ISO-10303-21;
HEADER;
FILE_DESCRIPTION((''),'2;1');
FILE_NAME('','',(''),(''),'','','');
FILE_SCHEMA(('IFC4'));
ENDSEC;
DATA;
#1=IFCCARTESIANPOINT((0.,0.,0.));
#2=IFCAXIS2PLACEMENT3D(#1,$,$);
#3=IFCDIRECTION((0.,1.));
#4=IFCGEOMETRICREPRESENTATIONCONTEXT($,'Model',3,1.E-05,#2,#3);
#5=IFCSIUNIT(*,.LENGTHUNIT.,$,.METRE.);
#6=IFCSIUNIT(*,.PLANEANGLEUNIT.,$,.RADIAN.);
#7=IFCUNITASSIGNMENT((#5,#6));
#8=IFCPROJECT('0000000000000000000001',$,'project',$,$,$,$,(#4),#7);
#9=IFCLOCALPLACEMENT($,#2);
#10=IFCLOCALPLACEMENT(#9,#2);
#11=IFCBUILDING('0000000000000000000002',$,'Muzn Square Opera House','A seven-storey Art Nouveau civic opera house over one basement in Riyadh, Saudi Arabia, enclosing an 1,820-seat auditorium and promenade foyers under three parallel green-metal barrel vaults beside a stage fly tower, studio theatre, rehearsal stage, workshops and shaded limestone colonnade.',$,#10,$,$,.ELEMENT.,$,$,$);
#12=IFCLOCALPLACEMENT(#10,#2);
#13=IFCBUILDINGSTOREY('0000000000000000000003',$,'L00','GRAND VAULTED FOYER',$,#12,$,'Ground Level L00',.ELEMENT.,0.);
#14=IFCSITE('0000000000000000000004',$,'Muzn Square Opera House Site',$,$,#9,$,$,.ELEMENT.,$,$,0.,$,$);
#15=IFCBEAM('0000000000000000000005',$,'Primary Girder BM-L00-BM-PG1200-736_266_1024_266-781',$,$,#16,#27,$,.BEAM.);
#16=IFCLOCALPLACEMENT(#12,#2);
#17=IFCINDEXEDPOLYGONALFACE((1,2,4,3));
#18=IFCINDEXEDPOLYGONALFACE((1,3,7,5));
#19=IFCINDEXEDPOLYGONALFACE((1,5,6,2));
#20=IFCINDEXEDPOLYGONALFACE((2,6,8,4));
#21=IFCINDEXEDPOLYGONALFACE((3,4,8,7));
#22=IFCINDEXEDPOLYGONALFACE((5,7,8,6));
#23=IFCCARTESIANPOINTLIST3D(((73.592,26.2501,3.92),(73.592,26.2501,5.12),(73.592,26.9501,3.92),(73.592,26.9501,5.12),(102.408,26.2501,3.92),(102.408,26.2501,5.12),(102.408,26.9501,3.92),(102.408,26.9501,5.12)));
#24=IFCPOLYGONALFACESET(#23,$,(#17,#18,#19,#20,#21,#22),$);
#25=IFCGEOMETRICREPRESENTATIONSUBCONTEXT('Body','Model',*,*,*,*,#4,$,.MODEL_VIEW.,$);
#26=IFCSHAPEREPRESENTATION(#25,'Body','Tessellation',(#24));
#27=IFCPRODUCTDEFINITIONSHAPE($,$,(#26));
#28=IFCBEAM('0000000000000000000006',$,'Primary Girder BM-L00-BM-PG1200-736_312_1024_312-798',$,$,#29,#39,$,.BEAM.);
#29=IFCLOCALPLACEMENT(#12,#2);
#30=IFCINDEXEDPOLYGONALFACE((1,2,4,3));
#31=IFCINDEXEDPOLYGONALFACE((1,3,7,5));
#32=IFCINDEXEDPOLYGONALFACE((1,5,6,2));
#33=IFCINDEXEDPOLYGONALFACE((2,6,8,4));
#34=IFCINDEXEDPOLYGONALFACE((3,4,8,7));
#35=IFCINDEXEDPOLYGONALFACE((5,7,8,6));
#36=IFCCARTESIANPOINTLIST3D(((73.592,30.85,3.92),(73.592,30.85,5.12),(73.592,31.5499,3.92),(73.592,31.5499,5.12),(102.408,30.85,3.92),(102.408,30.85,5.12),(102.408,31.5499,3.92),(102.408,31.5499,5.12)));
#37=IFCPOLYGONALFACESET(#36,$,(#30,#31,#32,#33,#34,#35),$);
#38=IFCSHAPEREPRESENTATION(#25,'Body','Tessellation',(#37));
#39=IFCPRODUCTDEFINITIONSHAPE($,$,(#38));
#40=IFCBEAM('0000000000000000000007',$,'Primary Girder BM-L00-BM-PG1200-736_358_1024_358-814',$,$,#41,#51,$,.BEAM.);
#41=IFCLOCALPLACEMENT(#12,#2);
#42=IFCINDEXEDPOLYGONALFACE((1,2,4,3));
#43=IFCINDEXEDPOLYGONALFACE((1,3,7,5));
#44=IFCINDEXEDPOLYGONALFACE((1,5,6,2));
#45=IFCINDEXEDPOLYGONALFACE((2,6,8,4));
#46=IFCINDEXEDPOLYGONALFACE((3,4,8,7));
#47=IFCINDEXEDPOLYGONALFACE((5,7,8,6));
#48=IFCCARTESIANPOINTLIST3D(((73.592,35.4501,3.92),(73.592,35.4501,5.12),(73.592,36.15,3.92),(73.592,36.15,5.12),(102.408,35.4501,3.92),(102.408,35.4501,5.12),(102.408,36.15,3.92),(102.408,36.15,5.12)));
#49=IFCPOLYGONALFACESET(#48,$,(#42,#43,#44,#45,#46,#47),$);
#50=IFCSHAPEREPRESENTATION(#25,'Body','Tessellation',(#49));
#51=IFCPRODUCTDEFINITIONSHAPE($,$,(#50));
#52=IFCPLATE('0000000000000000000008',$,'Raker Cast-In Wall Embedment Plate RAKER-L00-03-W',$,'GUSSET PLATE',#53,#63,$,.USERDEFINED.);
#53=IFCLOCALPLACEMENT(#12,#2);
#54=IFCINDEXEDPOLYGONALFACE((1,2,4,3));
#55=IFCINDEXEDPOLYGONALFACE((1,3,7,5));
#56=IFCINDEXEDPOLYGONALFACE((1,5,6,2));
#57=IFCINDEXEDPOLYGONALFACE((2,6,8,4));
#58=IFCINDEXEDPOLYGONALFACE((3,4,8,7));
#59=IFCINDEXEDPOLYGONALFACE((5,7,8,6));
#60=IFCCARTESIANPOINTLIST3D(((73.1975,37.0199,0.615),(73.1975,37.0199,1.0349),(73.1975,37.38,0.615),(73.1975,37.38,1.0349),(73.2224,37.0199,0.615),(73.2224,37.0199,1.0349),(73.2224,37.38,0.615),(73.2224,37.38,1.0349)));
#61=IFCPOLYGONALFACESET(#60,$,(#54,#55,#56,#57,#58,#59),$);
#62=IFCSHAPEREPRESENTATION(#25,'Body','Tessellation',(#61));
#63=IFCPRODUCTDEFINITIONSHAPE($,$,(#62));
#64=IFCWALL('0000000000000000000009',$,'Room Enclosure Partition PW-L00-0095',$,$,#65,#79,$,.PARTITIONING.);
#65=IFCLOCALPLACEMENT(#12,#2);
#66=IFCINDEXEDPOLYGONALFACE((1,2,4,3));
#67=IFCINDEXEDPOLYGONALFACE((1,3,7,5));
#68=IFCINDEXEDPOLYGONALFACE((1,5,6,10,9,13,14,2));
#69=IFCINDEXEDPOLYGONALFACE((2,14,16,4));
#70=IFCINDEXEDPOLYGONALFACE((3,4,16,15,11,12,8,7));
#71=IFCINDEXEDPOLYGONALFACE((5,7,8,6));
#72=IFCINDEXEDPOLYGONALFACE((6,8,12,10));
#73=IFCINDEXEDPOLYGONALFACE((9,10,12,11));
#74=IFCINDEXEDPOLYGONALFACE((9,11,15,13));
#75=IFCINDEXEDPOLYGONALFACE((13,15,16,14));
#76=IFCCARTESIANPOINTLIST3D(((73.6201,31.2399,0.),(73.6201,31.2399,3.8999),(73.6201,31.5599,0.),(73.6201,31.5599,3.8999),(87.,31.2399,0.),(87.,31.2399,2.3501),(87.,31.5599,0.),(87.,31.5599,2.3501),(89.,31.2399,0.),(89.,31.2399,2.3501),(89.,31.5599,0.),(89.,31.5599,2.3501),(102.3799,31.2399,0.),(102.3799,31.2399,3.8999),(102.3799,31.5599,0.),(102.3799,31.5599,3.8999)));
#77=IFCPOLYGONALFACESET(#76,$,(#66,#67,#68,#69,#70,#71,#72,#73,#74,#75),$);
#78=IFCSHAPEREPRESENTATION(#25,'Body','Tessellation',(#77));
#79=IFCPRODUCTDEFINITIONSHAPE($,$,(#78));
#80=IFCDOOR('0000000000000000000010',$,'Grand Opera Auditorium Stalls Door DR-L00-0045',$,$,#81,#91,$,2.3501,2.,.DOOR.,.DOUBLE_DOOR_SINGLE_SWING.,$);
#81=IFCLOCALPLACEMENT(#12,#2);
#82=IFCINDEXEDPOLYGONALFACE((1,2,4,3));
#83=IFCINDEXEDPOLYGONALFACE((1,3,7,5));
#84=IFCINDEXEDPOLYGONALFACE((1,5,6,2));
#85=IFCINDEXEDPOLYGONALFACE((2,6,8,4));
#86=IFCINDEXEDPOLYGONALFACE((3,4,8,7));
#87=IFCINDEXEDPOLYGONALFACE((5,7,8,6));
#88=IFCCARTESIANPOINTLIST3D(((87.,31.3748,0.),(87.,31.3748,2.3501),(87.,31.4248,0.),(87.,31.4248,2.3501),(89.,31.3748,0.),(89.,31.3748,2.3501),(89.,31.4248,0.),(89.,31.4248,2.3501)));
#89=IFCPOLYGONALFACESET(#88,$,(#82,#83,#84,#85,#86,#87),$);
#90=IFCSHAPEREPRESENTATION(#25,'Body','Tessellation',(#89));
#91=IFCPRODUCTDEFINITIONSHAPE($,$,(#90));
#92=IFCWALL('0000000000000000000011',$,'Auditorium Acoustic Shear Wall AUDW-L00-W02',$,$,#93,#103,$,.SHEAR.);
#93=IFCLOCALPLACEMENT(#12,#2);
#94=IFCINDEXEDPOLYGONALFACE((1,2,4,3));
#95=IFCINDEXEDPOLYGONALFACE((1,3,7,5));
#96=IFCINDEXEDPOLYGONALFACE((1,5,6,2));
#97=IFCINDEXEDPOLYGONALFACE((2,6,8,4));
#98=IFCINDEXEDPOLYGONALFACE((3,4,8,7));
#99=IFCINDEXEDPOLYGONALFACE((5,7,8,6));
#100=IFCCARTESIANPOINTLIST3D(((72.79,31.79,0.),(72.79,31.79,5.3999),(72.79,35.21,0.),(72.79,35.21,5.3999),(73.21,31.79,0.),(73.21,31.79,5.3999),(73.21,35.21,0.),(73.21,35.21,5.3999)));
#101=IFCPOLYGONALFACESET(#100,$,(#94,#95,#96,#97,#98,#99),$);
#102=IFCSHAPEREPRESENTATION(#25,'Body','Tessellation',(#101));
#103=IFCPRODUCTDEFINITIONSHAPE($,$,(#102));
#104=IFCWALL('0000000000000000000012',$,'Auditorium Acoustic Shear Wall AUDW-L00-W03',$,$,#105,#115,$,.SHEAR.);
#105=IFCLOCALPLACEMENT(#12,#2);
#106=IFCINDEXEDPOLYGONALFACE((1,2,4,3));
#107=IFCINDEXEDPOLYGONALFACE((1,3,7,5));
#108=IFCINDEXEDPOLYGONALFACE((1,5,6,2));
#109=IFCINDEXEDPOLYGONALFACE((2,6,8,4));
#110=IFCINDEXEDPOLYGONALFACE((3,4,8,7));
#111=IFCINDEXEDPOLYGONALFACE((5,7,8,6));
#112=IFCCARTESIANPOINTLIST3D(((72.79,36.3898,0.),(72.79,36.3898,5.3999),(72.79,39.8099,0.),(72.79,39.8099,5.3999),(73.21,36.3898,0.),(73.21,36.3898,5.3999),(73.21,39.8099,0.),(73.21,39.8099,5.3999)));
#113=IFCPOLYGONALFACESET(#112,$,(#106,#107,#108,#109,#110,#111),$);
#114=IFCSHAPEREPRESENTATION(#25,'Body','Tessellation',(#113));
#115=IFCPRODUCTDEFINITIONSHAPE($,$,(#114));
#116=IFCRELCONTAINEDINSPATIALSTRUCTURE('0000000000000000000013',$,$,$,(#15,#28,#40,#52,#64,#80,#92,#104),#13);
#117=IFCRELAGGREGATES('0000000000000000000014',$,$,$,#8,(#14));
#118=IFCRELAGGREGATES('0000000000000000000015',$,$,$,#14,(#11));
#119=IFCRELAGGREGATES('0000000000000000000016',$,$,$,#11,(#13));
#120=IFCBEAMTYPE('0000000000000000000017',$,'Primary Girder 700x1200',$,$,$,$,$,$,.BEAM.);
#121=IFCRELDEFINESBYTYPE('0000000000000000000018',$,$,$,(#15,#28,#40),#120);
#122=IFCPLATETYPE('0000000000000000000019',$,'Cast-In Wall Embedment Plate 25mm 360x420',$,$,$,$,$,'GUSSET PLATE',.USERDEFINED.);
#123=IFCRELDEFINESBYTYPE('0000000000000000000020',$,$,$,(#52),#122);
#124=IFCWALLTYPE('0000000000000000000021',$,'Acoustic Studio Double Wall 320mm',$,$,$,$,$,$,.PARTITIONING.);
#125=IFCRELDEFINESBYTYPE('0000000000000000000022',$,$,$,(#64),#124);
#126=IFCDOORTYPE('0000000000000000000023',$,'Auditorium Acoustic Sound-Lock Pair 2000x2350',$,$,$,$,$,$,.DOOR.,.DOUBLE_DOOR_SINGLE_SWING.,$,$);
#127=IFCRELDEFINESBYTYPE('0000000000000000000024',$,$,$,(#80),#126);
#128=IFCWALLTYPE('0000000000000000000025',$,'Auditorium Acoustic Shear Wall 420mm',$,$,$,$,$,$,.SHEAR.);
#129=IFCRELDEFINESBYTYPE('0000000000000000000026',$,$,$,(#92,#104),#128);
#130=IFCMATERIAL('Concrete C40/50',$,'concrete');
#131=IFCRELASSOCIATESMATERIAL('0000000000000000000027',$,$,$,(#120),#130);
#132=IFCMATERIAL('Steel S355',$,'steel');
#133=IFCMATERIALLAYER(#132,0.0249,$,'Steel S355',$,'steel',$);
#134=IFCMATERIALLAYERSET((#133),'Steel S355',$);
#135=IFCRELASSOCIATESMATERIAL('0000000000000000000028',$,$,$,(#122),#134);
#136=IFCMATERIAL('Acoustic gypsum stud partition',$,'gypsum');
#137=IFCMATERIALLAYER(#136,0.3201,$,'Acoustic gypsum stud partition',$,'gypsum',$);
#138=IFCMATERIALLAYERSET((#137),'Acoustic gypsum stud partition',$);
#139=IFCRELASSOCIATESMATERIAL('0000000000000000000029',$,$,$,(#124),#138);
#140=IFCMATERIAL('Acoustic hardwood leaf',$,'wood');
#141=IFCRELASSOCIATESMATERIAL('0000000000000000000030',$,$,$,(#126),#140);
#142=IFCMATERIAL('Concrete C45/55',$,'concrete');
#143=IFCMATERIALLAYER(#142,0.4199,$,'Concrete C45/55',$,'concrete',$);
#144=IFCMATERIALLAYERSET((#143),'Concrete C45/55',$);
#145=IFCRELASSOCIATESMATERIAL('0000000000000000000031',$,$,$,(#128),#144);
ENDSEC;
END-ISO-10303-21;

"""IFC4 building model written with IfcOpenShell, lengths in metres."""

from ifc_helpers import new_model, si_unit, direction, frame, frame_2d, origin, origin_2d, place, context, subcontext, project, spatial, rectangle, extrude, material, layer, layer_set, material_profile, profile_set, type_object, element, fill, save


model = new_model("IFC4")

# Units and contexts
model_context = context("Model", 3, precision=1e-05, world=origin(), true_north=direction((0.0, 1.0)))
body_context = subcontext(model_context, "Body", "Model", "MODEL_VIEW")
ifc_project = project(units=[si_unit("LENGTHUNIT", "METRE"), si_unit("PLANEANGLEUNIT", "RADIAN")], contexts=[model_context])

# Site, building, storey
site_placement = place(None, origin())
site = spatial("IfcSite", under=ifc_project, at=site_placement, Name="Muzn Square Opera House Site", CompositionType="ELEMENT", RefElevation=0.0)
building_placement = place(site_placement, origin())
building = spatial("IfcBuilding", under=site, at=building_placement, Name="Muzn Square Opera House", Description="A seven-storey Art Nouveau civic opera house over one basement in Riyadh, Saudi Arabia, enclosing an 1,820-seat auditorium and promenade foyers under three parallel green-metal barrel vaults beside a stage fly tower, studio theatre, rehearsal stage, workshops and shaded limestone colonnade.", CompositionType="ELEMENT")
storey_placement = place(building_placement, origin())
storey = spatial("IfcBuildingStorey", under=building, at=storey_placement, Name="L00", Description="GRAND VAULTED FOYER", LongName="Ground Level L00", CompositionType="ELEMENT", Elevation=0.0)

# Shared definitions
ifc_material_1 = material(Name="Concrete C45/55", Category="concrete")

# Beams
ifc_material_2 = material(Name="Steel S355", Category="steel")
ifc_material_3 = material(Name="Concrete C40/50", Category="concrete")
ifc_material_profile_1 = material_profile(ifc_material_3, rectangle(XDim=0.7, YDim=1.2, at=origin_2d()), Name="RCB 700x1200", Category="concrete")
ifc_profile_set_1 = profile_set([ifc_material_profile_1], Name="Concrete C40/50")
beam_type_1 = type_object("IfcBeamType", Name="Primary Girder 700x1200", PredefinedType="BEAM", material=ifc_profile_set_1)
for number, where, z_axis, x_axis, name in (
    (1, (73.592, 26.6001, 4.52), (1.0, 0.0, 0.0), (0.0, 1.0, 0.0), "Primary Girder BM-L00-BM-PG1200-736_266_1024_266-781"),
    (2, (73.592, 31.2, 4.52), (1.0, 0.0, 0.0), (0.0, 1.0, 0.0), "Primary Girder BM-L00-BM-PG1200-736_312_1024_312-798"),
    (3, (73.592, 35.8, 4.52), (1.0, 0.0, 0.0), (0.0, 1.0, 0.0), "Primary Girder BM-L00-BM-PG1200-736_358_1024_358-814"),
):
    element("IfcBeam", number, at=place(storey_placement, frame(where, z_axis=z_axis, x_axis=x_axis)), inside=storey, type_object=beam_type_1, Name=name, PredefinedType="BEAM", context=body_context, shape_type="SweptSolid", body=[
        extrude(rectangle(XDim=0.7, YDim=1.2, at=origin_2d()), origin(), (0.0, 0.0, 1.0), 28.8159),
    ])

# Plate
ifc_layer_1 = layer(ifc_material_2, 0.0249, Name="Steel S355", Category="steel")
ifc_layer_set_1 = layer_set([ifc_layer_1], Name="Steel S355")
plate_type = type_object("IfcPlateType", Name="Cast-In Wall Embedment Plate 25mm 360x420", ElementType="GUSSET PLATE", PredefinedType="USERDEFINED", material=ifc_layer_set_1)
plate_placement = place(storey_placement, frame((73.21, 37.2, 0.615), z_axis=(0.0, 0.0, 1.0), x_axis=(1.0, 0.0, 0.0)))
element("IfcPlate", 4, at=plate_placement, inside=storey, type_object=plate_type, Name="Raker Cast-In Wall Embedment Plate RAKER-L00-03-W", ObjectType="GUSSET PLATE", PredefinedType="USERDEFINED", context=body_context, shape_type="SweptSolid", body=[
    extrude(rectangle(XDim=0.0249, YDim=0.3601, at=origin_2d()), origin(), (0.0, 0.0, 1.0), 0.4199),
])

# Wall, opening, door
ifc_material_4 = material(Name="Acoustic gypsum stud partition", Category="gypsum")
ifc_layer_2 = layer(ifc_material_4, 0.3201, Name="Acoustic gypsum stud partition", Category="gypsum")
ifc_layer_set_2 = layer_set([ifc_layer_2], Name="Acoustic gypsum stud partition")
wall_type_1 = type_object("IfcWallType", Name="Acoustic Studio Double Wall 320mm", PredefinedType="PARTITIONING", material=ifc_layer_set_2)
wall_1_placement = place(storey_placement, frame((73.6201, 31.3999, 0.0), z_axis=(0.0, 0.0, 1.0), x_axis=(1.0, 0.0, 0.0)))
wall_1 = element("IfcWall", 5, at=wall_1_placement, inside=storey, type_object=wall_type_1, Name="Room Enclosure Partition PW-L00-0095", PredefinedType="PARTITIONING", context=body_context, shape_type="SweptSolid", body=[
    extrude(rectangle(XDim=28.7598, YDim=0.3201, at=frame_2d((14.3799, 0.0))), origin(), (0.0, 0.0, 1.0), 3.8999),
])
opening_placement = place(wall_1_placement, frame((13.3799, 0.0, 0.0)))
opening = element("IfcOpeningElement", 6, at=opening_placement, cuts=wall_1, PredefinedType="OPENING", context=body_context, shape_type="SweptSolid", body=[
    extrude(rectangle(XDim=2.0, YDim=2.3501, at=frame_2d((1.0, 1.175))), frame((0.0, 0.1699, 0.0), z_axis=(0.0, -1.0, 0.0), x_axis=(1.0, 0.0, 0.0)), (0.0, 0.0, 1.0), 0.3401),
])
ifc_material_5 = material(Name="Acoustic hardwood leaf", Category="wood")
door_type = type_object("IfcDoorType", Name="Auditorium Acoustic Sound-Lock Pair 2000x2350", OperationType="DOUBLE_DOOR_SINGLE_SWING", PredefinedType="DOOR", material=ifc_material_5)
door_placement = place(opening_placement, origin())
door = element("IfcDoor", 7, at=door_placement, inside=storey, type_object=door_type, Name="Grand Opera Auditorium Stalls Door DR-L00-0045", OperationType="DOUBLE_DOOR_SINGLE_SWING", OverallHeight=2.3501, OverallWidth=2.0, PredefinedType="DOOR", context=body_context, shape_type="SweptSolid", body=[
    extrude(rectangle(XDim=2.0, YDim=2.3501, at=frame_2d((1.0, 1.175))), frame((0.0, 0.0249, 0.0), z_axis=(0.0, -1.0, 0.0), x_axis=(1.0, 0.0, 0.0)), (0.0, 0.0, 1.0), 0.05),
])
fill(opening, door)

# Walls
ifc_layer_3 = layer(ifc_material_1, 0.4199, Name="Concrete C45/55", Category="concrete")
ifc_layer_set_3 = layer_set([ifc_layer_3], Name="Concrete C45/55")
wall_type_2 = type_object("IfcWallType", Name="Auditorium Acoustic Shear Wall 420mm", PredefinedType="SHEAR", material=ifc_layer_set_3)
wall_2_placement = place(storey_placement, frame((73.0, 31.79, 0.0), z_axis=(0.0, 0.0, 1.0), x_axis=(0.0, 1.0, 0.0)))
element("IfcWall", 8, at=wall_2_placement, inside=storey, type_object=wall_type_2, Name="Auditorium Acoustic Shear Wall AUDW-L00-W02", PredefinedType="SHEAR", context=body_context, shape_type="SweptSolid", body=[
    extrude(rectangle(XDim=3.4199, YDim=0.4199, at=frame_2d((1.71, 0.0))), origin(), (0.0, 0.0, 1.0), 5.3999),
])
wall_3_placement = place(storey_placement, frame((73.0, 36.3899, 0.0), z_axis=(0.0, 0.0, 1.0), x_axis=(0.0, 1.0, 0.0)))
element("IfcWall", 9, at=wall_3_placement, inside=storey, type_object=wall_type_2, Name="Auditorium Acoustic Shear Wall AUDW-L00-W03", PredefinedType="SHEAR", context=body_context, shape_type="SweptSolid", body=[
    extrude(rectangle(XDim=3.4202, YDim=0.4199, at=frame_2d((1.71, 0.0))), origin(), (0.0, 0.0, 1.0), 5.3999),
])

save(model, "model.ifc")
